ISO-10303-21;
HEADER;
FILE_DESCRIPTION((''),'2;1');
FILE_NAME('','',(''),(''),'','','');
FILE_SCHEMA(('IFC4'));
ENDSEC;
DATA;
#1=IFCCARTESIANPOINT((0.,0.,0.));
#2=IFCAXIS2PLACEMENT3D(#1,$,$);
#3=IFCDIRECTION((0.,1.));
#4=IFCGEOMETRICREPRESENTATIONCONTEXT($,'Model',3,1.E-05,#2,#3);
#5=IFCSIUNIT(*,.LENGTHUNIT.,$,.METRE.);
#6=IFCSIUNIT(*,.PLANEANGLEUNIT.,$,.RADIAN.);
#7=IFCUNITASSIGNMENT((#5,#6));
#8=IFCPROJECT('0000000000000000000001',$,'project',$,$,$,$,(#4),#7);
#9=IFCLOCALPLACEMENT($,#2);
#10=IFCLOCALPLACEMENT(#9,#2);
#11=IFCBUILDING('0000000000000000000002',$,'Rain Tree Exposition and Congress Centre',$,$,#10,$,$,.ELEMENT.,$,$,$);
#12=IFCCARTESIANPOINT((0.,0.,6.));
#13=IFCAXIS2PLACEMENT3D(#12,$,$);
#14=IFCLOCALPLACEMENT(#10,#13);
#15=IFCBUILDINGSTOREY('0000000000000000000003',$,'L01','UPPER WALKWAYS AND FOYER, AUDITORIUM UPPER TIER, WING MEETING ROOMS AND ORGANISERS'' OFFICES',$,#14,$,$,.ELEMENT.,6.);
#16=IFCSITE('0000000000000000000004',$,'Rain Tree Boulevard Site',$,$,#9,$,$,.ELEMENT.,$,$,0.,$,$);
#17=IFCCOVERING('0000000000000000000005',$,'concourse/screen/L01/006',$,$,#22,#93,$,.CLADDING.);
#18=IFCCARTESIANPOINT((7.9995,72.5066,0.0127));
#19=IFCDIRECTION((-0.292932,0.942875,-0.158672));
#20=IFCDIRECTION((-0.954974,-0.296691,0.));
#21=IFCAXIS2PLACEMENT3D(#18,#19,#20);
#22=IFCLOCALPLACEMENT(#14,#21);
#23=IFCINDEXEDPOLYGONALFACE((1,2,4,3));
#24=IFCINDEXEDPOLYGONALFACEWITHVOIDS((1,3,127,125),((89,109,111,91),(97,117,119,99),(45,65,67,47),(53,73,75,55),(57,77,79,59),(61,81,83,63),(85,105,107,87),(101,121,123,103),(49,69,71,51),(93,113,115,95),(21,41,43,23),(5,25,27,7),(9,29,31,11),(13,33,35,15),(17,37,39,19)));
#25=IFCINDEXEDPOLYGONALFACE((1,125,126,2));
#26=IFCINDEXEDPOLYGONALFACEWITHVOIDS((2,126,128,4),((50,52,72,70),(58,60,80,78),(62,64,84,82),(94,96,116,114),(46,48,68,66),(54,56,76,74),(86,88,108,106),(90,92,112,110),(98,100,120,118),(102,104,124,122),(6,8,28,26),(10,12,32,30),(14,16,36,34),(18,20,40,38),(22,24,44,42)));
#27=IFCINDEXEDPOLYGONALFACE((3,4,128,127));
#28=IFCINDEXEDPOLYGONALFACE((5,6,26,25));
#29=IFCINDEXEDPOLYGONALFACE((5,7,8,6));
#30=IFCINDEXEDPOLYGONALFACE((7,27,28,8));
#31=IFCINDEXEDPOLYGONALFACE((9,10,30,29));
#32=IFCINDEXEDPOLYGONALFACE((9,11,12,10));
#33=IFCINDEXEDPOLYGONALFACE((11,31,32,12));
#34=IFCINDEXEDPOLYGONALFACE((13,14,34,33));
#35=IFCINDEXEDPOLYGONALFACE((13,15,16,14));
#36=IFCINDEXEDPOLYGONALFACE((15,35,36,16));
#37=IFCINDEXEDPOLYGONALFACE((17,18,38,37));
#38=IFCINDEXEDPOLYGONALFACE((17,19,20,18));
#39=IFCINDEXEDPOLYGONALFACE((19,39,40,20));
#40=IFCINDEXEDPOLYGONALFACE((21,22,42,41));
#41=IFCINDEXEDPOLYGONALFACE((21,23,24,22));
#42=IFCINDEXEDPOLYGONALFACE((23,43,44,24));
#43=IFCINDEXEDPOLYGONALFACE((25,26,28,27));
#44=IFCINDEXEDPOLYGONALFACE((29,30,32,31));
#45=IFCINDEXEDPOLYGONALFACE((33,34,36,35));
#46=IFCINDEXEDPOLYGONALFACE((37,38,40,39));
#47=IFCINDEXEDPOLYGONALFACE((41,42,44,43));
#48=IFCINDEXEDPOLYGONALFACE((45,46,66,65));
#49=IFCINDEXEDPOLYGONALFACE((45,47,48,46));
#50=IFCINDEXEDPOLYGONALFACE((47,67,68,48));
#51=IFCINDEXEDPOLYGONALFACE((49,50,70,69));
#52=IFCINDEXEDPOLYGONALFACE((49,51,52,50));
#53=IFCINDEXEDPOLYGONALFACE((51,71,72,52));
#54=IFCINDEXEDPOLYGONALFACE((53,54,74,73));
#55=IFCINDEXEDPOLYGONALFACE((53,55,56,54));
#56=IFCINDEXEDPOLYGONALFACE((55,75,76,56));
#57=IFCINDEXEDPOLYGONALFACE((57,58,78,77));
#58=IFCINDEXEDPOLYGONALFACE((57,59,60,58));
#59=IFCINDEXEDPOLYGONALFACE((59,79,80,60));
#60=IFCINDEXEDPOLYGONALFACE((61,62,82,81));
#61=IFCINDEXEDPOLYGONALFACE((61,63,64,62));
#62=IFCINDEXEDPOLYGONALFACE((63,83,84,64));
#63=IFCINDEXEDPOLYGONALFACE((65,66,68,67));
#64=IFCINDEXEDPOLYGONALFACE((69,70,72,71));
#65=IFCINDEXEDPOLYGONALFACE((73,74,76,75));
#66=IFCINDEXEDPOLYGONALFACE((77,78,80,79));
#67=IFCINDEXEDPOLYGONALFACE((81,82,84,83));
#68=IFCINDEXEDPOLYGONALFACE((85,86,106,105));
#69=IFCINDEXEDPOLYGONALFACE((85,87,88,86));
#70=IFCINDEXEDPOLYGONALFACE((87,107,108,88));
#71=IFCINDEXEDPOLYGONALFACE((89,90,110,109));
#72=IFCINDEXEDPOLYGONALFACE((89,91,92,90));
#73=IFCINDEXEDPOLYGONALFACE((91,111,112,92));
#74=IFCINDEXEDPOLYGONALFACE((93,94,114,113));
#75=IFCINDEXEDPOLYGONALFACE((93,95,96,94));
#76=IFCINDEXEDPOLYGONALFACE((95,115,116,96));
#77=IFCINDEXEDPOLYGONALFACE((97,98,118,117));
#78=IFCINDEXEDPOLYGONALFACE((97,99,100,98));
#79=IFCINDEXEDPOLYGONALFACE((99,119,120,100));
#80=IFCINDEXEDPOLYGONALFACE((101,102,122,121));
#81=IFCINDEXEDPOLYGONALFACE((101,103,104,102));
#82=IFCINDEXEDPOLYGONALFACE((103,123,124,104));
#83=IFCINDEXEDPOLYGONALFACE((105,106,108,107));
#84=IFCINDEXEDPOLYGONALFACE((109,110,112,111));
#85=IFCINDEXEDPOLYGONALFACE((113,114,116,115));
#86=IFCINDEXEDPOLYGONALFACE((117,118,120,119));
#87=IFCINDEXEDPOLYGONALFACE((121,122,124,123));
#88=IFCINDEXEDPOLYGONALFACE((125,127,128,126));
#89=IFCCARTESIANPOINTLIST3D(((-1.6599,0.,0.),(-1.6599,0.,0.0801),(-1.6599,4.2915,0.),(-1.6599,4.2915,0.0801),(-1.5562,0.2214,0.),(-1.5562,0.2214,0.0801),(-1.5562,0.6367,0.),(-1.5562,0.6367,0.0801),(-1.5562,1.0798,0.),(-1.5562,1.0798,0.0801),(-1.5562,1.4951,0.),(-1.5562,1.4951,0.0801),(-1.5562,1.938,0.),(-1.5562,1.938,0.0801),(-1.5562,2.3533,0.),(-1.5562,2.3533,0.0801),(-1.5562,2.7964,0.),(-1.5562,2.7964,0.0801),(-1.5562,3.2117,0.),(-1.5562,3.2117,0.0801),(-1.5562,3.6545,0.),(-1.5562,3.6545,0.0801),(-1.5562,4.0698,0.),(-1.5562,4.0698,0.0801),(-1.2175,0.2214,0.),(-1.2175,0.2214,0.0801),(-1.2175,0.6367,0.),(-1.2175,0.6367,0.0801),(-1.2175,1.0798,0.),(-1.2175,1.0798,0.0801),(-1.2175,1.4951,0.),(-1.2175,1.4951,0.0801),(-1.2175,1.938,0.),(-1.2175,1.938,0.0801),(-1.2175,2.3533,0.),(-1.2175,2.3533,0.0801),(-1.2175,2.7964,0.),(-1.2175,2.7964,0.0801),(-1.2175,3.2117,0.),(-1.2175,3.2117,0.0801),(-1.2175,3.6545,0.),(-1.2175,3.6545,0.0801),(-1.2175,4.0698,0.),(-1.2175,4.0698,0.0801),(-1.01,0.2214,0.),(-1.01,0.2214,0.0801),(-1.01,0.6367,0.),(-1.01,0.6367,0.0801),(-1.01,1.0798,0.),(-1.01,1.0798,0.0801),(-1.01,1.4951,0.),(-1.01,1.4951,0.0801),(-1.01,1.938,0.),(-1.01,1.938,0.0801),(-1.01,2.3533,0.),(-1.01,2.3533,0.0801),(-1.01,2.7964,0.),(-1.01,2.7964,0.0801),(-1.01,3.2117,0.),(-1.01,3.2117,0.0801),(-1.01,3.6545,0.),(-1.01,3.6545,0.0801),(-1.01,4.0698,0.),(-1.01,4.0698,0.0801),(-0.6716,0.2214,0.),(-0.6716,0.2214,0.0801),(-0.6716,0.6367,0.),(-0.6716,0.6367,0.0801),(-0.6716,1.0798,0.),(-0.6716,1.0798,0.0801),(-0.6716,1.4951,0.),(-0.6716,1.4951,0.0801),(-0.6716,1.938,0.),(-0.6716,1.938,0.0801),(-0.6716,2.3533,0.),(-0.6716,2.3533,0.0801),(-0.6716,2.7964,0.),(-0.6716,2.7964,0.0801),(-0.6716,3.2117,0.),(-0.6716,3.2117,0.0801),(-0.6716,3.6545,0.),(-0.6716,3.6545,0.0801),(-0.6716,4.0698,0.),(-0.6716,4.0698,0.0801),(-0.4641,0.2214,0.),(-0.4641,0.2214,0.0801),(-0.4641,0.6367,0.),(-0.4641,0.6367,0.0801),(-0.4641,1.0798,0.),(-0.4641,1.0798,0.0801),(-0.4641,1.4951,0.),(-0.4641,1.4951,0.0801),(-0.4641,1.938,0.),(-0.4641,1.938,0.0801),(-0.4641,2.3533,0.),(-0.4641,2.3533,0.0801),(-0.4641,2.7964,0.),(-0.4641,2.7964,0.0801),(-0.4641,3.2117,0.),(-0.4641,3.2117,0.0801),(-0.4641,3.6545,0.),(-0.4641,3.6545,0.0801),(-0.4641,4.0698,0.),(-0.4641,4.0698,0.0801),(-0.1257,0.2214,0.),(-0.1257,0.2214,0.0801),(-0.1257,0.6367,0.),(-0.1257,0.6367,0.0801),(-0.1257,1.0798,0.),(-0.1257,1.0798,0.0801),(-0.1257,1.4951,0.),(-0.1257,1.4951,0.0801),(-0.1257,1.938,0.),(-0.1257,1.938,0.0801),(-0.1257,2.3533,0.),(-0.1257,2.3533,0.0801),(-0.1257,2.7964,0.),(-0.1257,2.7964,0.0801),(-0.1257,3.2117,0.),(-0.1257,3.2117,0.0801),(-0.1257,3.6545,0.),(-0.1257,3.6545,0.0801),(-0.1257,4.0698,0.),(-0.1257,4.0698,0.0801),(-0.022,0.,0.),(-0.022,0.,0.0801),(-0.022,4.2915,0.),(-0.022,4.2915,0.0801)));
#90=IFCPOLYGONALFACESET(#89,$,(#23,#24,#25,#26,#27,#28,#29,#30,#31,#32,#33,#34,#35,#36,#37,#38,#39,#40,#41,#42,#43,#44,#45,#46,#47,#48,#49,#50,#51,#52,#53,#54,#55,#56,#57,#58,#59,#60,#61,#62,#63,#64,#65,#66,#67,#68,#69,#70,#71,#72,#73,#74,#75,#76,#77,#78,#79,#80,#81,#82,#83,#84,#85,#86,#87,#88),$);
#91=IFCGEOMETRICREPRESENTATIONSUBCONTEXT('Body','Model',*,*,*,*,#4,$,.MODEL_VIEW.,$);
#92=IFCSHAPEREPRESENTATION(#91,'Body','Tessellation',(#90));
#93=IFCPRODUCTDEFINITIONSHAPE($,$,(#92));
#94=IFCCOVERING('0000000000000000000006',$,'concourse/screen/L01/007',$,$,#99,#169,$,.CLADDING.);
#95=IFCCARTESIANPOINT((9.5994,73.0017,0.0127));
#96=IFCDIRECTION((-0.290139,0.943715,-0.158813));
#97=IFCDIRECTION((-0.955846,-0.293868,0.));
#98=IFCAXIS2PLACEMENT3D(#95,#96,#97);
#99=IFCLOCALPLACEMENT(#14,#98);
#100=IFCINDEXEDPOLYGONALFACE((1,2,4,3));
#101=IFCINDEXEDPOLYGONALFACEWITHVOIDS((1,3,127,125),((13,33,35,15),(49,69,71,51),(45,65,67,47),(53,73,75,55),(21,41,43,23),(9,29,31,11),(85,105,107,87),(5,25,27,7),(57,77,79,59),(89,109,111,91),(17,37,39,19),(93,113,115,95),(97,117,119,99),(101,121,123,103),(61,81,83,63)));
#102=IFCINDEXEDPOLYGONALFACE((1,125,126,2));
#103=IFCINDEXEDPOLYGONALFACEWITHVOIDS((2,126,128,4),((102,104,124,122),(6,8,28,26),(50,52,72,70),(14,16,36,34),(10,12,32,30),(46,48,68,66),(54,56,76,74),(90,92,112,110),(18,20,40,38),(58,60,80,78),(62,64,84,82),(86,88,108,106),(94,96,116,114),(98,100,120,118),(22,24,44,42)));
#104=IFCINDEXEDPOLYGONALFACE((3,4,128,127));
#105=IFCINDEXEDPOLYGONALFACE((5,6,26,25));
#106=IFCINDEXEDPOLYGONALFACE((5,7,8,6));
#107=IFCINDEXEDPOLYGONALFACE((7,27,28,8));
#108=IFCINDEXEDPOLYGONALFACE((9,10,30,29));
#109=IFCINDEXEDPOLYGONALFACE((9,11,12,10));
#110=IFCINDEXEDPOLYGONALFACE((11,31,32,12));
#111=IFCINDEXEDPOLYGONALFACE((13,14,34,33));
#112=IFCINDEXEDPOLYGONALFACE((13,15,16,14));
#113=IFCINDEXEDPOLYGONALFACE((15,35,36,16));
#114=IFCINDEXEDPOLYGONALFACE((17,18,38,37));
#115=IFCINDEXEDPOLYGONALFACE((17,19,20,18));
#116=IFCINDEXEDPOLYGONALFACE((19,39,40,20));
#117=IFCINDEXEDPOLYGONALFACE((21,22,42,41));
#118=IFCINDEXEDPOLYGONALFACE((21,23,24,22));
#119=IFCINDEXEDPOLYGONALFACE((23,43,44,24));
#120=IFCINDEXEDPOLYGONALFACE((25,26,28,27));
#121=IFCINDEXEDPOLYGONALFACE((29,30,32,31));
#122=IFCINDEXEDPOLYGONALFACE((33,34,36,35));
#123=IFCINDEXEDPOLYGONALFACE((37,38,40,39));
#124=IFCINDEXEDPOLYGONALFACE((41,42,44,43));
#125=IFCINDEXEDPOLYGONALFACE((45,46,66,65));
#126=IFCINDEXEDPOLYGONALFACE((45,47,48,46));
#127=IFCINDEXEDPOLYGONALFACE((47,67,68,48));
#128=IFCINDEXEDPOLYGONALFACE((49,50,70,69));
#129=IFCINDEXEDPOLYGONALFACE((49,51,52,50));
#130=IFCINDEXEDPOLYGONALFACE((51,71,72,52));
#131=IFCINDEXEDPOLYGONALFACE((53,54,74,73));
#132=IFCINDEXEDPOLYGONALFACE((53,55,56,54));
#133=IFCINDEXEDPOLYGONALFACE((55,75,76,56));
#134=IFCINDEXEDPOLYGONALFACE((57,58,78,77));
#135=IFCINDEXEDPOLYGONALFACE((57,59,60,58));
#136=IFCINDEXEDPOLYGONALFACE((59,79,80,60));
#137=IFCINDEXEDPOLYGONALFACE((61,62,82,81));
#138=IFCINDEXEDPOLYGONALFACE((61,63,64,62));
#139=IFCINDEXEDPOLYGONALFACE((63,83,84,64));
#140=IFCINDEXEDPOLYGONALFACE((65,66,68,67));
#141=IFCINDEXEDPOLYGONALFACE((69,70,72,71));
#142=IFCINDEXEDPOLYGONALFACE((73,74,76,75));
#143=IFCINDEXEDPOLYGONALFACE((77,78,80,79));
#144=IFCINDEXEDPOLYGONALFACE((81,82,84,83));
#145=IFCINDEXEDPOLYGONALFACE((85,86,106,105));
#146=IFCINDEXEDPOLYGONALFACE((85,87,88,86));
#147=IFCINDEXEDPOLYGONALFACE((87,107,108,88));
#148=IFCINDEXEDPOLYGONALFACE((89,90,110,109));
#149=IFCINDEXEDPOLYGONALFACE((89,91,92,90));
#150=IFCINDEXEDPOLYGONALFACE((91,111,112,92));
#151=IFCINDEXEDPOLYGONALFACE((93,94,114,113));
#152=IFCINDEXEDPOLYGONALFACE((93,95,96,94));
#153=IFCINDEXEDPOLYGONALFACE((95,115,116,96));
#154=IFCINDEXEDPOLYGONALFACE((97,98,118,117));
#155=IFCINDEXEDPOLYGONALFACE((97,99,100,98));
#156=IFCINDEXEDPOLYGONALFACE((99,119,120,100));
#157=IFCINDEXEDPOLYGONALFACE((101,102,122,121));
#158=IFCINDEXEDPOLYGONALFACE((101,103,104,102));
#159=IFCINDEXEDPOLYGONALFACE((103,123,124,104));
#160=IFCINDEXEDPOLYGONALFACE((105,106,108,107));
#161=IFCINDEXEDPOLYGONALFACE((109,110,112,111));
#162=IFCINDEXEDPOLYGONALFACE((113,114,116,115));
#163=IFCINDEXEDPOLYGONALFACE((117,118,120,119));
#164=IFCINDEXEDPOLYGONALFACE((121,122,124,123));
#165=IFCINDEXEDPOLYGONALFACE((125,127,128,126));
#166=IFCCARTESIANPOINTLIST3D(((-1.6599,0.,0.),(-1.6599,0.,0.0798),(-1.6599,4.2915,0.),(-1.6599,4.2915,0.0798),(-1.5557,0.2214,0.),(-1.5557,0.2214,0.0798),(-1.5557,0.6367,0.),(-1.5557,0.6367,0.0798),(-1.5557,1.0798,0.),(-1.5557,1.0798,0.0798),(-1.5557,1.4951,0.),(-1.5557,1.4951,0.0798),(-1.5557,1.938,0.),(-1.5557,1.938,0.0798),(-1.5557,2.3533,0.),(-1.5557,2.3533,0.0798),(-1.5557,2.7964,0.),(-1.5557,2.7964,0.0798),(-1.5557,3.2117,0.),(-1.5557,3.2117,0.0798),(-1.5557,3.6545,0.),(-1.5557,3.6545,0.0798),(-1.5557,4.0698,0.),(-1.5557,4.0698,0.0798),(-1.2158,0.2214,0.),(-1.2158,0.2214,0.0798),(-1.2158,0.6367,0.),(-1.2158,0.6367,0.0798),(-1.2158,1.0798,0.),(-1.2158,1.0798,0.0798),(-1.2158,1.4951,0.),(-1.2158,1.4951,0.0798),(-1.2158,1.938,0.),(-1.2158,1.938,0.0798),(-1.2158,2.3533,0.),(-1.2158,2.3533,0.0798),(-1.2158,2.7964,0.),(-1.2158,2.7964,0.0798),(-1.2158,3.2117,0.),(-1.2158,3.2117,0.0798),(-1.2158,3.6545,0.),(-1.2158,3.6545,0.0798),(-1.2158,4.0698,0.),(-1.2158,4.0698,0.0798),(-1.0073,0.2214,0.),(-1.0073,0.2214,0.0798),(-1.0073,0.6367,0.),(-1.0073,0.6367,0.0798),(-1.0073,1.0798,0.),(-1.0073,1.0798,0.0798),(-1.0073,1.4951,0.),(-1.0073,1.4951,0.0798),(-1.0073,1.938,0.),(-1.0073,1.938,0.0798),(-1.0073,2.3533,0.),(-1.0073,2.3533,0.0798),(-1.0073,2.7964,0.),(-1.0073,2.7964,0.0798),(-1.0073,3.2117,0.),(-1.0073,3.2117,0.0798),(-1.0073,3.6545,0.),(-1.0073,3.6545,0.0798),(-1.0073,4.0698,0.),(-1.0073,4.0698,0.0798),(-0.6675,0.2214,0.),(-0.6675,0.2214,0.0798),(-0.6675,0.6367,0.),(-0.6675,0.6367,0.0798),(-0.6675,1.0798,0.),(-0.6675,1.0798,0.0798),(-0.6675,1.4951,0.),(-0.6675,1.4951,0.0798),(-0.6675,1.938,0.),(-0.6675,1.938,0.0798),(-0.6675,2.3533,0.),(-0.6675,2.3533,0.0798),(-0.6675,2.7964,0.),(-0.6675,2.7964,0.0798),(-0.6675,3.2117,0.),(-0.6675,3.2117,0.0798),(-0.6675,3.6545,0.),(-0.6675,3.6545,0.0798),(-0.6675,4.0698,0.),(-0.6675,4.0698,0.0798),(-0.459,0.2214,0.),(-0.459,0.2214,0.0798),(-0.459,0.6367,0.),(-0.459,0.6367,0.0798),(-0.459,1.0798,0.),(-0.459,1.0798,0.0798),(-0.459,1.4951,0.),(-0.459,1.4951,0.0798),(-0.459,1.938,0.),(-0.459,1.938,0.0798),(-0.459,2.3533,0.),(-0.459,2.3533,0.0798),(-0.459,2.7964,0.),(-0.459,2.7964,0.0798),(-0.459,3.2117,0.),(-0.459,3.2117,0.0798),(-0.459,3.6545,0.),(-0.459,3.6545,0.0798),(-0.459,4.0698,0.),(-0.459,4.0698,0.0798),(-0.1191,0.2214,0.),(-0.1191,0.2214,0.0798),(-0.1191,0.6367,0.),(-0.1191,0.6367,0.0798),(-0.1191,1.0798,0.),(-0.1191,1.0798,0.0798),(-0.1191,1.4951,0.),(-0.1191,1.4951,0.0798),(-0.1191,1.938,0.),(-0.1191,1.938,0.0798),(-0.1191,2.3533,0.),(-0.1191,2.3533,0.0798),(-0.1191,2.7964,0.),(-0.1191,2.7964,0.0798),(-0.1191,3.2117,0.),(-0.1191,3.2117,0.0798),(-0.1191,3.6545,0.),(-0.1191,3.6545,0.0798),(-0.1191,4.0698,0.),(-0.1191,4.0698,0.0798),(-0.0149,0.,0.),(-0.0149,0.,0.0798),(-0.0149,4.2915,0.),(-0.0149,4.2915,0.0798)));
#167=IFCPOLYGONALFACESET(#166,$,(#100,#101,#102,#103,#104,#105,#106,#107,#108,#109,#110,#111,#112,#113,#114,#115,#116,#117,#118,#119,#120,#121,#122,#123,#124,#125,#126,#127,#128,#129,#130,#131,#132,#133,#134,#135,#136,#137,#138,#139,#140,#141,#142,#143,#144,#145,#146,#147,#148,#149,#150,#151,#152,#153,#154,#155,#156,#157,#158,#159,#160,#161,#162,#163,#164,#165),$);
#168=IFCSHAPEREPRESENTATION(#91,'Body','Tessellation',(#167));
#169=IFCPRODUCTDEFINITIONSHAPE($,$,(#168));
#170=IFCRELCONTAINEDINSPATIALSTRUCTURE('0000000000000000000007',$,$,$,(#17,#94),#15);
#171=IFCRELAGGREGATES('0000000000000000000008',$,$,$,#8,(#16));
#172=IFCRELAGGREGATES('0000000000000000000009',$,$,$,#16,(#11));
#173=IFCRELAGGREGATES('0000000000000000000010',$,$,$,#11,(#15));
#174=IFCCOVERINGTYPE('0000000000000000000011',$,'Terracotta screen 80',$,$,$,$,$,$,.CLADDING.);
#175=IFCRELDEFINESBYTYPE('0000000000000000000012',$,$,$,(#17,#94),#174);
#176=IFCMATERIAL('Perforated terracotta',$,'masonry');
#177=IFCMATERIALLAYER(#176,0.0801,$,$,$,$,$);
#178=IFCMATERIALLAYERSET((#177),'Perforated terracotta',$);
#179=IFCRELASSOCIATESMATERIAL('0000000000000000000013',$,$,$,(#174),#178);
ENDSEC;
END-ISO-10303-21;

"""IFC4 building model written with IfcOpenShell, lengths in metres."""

from ifc_helpers import new_model, si_unit, direction, frame, origin, place, context, subcontext, project, spatial, polyline, outline, extrude, material, layer, layer_set, type_object, element, save


model = new_model("IFC4")

# Units and contexts
model_context = context("Model", 3, precision=1e-05, world=origin(), true_north=direction((0.0, 1.0)))
body_context = subcontext(model_context, "Body", "Model", "MODEL_VIEW")
ifc_project = project(units=[si_unit("LENGTHUNIT", "METRE"), si_unit("PLANEANGLEUNIT", "RADIAN")], contexts=[model_context])

# Site, building, storey
site_placement = place(None, origin())
site = spatial("IfcSite", under=ifc_project, at=site_placement, Name="Rain Tree Boulevard Site", CompositionType="ELEMENT", RefElevation=0.0)
building_placement = place(site_placement, origin())
building = spatial("IfcBuilding", under=site, at=building_placement, Name="Rain Tree Exposition and Congress Centre", CompositionType="ELEMENT")
storey_placement = place(building_placement, frame((0.0, 0.0, 6.0)))
storey = spatial("IfcBuildingStorey", under=building, at=storey_placement, Name="L01", Description="UPPER WALKWAYS AND FOYER, AUDITORIUM UPPER TIER, WING MEETING ROOMS AND ORGANISERS' OFFICES", CompositionType="ELEMENT", Elevation=6.0)

# Coverings
ifc_material_1 = material(Name="Perforated terracotta", Category="masonry")
ifc_layer = layer(ifc_material_1, 0.0801)
ifc_layer_set = layer_set([ifc_layer], Name="Perforated terracotta")
covering_type = type_object("IfcCoveringType", Name="Terracotta screen 80", PredefinedType="CLADDING", material=ifc_layer_set)
covering_1_placement = place(storey_placement, frame((7.9995, 72.5066, 0.0127), z_axis=(-0.292932, 0.942875, -0.158672), x_axis=(-0.954974, -0.296691, 0.0)))
element("IfcCovering", 1, at=covering_1_placement, inside=storey, type_object=covering_type, Name="concourse/screen/L01/006", PredefinedType="CLADDING", context=body_context, shape_type="SweptSolid", body=[
    extrude(outline(polyline([(-1.6599, 0.0), (-1.6599, 4.2915), (-0.022, 4.2915), (-0.022, 0.0), (-1.6599, 0.0)]), holes=[polyline([(-0.1257, 0.2214), (-0.1257, 0.6367), (-0.4641, 0.6367), (-0.4641, 0.2214), (-0.1257, 0.2214)]), polyline([(-0.1257, 1.0798), (-0.1257, 1.4951), (-0.4641, 1.4951), (-0.4641, 1.0798), (-0.1257, 1.0798)]), polyline([(-0.1257, 1.938), (-0.1257, 2.3533), (-0.4641, 2.3533), (-0.4641, 1.938), (-0.1257, 1.938)]), polyline([(-0.1257, 2.7964), (-0.1257, 3.2117), (-0.4641, 3.2117), (-0.4641, 2.7964), (-0.1257, 2.7964)]), polyline([(-0.1257, 3.6545), (-0.1257, 4.0698), (-0.4641, 4.0698), (-0.4641, 3.6545), (-0.1257, 3.6545)]), polyline([(-0.6716, 0.2214), (-0.6716, 0.6367), (-1.01, 0.6367), (-1.01, 0.2214), (-0.6716, 0.2214)]), polyline([(-0.6716, 1.0798), (-0.6716, 1.4951), (-1.01, 1.4951), (-1.01, 1.0798), (-0.6716, 1.0798)]), polyline([(-0.6716, 1.938), (-0.6716, 2.3533), (-1.01, 2.3533), (-1.01, 1.938), (-0.6716, 1.938)]), polyline([(-0.6716, 2.7964), (-0.6716, 3.2117), (-1.01, 3.2117), (-1.01, 2.7964), (-0.6716, 2.7964)]), polyline([(-0.6716, 3.6545), (-0.6716, 4.0698), (-1.01, 4.0698), (-1.01, 3.6545), (-0.6716, 3.6545)]), polyline([(-1.2175, 0.2214), (-1.2175, 0.6367), (-1.5562, 0.6367), (-1.5562, 0.2214), (-1.2175, 0.2214)]), polyline([(-1.2175, 1.0798), (-1.2175, 1.4951), (-1.5562, 1.4951), (-1.5562, 1.0798), (-1.2175, 1.0798)]), polyline([(-1.2175, 1.938), (-1.2175, 2.3533), (-1.5562, 2.3533), (-1.5562, 1.938), (-1.2175, 1.938)]), polyline([(-1.2175, 2.7964), (-1.2175, 3.2117), (-1.5562, 3.2117), (-1.5562, 2.7964), (-1.2175, 2.7964)]), polyline([(-1.2175, 3.6545), (-1.2175, 4.0698), (-1.5562, 4.0698), (-1.5562, 3.6545), (-1.2175, 3.6545)])]), origin(), (0.0, 0.0, 1.0), 0.0801),
])
covering_2_placement = place(storey_placement, frame((9.5994, 73.0017, 0.0127), z_axis=(-0.290139, 0.943715, -0.158813), x_axis=(-0.955846, -0.293868, 0.0)))
element("IfcCovering", 2, at=covering_2_placement, inside=storey, type_object=covering_type, Name="concourse/screen/L01/007", PredefinedType="CLADDING", context=body_context, shape_type="SweptSolid", body=[
    extrude(outline(polyline([(-1.6599, 0.0), (-1.6599, 4.2915), (-0.0149, 4.2915), (-0.0149, 0.0), (-1.6599, 0.0)]), holes=[polyline([(-0.1191, 0.2214), (-0.1191, 0.6367), (-0.459, 0.6367), (-0.459, 0.2214), (-0.1191, 0.2214)]), polyline([(-0.1191, 1.0798), (-0.1191, 1.4951), (-0.459, 1.4951), (-0.459, 1.0798), (-0.1191, 1.0798)]), polyline([(-0.1191, 1.938), (-0.1191, 2.3533), (-0.459, 2.3533), (-0.459, 1.938), (-0.1191, 1.938)]), polyline([(-0.1191, 2.7964), (-0.1191, 3.2117), (-0.459, 3.2117), (-0.459, 2.7964), (-0.1191, 2.7964)]), polyline([(-0.1191, 3.6545), (-0.1191, 4.0698), (-0.459, 4.0698), (-0.459, 3.6545), (-0.1191, 3.6545)]), polyline([(-0.6675, 0.2214), (-0.6675, 0.6367), (-1.0073, 0.6367), (-1.0073, 0.2214), (-0.6675, 0.2214)]), polyline([(-0.6675, 1.0798), (-0.6675, 1.4951), (-1.0073, 1.4951), (-1.0073, 1.0798), (-0.6675, 1.0798)]), polyline([(-0.6675, 1.938), (-0.6675, 2.3533), (-1.0073, 2.3533), (-1.0073, 1.938), (-0.6675, 1.938)]), polyline([(-0.6675, 2.7964), (-0.6675, 3.2117), (-1.0073, 3.2117), (-1.0073, 2.7964), (-0.6675, 2.7964)]), polyline([(-0.6675, 3.6545), (-0.6675, 4.0698), (-1.0073, 4.0698), (-1.0073, 3.6545), (-0.6675, 3.6545)]), polyline([(-1.2158, 0.2214), (-1.2158, 0.6367), (-1.5557, 0.6367), (-1.5557, 0.2214), (-1.2158, 0.2214)]), polyline([(-1.2158, 1.0798), (-1.2158, 1.4951), (-1.5557, 1.4951), (-1.5557, 1.0798), (-1.2158, 1.0798)]), polyline([(-1.2158, 1.938), (-1.2158, 2.3533), (-1.5557, 2.3533), (-1.5557, 1.938), (-1.2158, 1.938)]), polyline([(-1.2158, 2.7964), (-1.2158, 3.2117), (-1.5557, 3.2117), (-1.5557, 2.7964), (-1.2158, 2.7964)]), polyline([(-1.2158, 3.6545), (-1.2158, 4.0698), (-1.5557, 4.0698), (-1.5557, 3.6545), (-1.2158, 3.6545)])]), origin(), (0.0, 0.0, 1.0), 0.0798),
])

save(model, "model.ifc")
